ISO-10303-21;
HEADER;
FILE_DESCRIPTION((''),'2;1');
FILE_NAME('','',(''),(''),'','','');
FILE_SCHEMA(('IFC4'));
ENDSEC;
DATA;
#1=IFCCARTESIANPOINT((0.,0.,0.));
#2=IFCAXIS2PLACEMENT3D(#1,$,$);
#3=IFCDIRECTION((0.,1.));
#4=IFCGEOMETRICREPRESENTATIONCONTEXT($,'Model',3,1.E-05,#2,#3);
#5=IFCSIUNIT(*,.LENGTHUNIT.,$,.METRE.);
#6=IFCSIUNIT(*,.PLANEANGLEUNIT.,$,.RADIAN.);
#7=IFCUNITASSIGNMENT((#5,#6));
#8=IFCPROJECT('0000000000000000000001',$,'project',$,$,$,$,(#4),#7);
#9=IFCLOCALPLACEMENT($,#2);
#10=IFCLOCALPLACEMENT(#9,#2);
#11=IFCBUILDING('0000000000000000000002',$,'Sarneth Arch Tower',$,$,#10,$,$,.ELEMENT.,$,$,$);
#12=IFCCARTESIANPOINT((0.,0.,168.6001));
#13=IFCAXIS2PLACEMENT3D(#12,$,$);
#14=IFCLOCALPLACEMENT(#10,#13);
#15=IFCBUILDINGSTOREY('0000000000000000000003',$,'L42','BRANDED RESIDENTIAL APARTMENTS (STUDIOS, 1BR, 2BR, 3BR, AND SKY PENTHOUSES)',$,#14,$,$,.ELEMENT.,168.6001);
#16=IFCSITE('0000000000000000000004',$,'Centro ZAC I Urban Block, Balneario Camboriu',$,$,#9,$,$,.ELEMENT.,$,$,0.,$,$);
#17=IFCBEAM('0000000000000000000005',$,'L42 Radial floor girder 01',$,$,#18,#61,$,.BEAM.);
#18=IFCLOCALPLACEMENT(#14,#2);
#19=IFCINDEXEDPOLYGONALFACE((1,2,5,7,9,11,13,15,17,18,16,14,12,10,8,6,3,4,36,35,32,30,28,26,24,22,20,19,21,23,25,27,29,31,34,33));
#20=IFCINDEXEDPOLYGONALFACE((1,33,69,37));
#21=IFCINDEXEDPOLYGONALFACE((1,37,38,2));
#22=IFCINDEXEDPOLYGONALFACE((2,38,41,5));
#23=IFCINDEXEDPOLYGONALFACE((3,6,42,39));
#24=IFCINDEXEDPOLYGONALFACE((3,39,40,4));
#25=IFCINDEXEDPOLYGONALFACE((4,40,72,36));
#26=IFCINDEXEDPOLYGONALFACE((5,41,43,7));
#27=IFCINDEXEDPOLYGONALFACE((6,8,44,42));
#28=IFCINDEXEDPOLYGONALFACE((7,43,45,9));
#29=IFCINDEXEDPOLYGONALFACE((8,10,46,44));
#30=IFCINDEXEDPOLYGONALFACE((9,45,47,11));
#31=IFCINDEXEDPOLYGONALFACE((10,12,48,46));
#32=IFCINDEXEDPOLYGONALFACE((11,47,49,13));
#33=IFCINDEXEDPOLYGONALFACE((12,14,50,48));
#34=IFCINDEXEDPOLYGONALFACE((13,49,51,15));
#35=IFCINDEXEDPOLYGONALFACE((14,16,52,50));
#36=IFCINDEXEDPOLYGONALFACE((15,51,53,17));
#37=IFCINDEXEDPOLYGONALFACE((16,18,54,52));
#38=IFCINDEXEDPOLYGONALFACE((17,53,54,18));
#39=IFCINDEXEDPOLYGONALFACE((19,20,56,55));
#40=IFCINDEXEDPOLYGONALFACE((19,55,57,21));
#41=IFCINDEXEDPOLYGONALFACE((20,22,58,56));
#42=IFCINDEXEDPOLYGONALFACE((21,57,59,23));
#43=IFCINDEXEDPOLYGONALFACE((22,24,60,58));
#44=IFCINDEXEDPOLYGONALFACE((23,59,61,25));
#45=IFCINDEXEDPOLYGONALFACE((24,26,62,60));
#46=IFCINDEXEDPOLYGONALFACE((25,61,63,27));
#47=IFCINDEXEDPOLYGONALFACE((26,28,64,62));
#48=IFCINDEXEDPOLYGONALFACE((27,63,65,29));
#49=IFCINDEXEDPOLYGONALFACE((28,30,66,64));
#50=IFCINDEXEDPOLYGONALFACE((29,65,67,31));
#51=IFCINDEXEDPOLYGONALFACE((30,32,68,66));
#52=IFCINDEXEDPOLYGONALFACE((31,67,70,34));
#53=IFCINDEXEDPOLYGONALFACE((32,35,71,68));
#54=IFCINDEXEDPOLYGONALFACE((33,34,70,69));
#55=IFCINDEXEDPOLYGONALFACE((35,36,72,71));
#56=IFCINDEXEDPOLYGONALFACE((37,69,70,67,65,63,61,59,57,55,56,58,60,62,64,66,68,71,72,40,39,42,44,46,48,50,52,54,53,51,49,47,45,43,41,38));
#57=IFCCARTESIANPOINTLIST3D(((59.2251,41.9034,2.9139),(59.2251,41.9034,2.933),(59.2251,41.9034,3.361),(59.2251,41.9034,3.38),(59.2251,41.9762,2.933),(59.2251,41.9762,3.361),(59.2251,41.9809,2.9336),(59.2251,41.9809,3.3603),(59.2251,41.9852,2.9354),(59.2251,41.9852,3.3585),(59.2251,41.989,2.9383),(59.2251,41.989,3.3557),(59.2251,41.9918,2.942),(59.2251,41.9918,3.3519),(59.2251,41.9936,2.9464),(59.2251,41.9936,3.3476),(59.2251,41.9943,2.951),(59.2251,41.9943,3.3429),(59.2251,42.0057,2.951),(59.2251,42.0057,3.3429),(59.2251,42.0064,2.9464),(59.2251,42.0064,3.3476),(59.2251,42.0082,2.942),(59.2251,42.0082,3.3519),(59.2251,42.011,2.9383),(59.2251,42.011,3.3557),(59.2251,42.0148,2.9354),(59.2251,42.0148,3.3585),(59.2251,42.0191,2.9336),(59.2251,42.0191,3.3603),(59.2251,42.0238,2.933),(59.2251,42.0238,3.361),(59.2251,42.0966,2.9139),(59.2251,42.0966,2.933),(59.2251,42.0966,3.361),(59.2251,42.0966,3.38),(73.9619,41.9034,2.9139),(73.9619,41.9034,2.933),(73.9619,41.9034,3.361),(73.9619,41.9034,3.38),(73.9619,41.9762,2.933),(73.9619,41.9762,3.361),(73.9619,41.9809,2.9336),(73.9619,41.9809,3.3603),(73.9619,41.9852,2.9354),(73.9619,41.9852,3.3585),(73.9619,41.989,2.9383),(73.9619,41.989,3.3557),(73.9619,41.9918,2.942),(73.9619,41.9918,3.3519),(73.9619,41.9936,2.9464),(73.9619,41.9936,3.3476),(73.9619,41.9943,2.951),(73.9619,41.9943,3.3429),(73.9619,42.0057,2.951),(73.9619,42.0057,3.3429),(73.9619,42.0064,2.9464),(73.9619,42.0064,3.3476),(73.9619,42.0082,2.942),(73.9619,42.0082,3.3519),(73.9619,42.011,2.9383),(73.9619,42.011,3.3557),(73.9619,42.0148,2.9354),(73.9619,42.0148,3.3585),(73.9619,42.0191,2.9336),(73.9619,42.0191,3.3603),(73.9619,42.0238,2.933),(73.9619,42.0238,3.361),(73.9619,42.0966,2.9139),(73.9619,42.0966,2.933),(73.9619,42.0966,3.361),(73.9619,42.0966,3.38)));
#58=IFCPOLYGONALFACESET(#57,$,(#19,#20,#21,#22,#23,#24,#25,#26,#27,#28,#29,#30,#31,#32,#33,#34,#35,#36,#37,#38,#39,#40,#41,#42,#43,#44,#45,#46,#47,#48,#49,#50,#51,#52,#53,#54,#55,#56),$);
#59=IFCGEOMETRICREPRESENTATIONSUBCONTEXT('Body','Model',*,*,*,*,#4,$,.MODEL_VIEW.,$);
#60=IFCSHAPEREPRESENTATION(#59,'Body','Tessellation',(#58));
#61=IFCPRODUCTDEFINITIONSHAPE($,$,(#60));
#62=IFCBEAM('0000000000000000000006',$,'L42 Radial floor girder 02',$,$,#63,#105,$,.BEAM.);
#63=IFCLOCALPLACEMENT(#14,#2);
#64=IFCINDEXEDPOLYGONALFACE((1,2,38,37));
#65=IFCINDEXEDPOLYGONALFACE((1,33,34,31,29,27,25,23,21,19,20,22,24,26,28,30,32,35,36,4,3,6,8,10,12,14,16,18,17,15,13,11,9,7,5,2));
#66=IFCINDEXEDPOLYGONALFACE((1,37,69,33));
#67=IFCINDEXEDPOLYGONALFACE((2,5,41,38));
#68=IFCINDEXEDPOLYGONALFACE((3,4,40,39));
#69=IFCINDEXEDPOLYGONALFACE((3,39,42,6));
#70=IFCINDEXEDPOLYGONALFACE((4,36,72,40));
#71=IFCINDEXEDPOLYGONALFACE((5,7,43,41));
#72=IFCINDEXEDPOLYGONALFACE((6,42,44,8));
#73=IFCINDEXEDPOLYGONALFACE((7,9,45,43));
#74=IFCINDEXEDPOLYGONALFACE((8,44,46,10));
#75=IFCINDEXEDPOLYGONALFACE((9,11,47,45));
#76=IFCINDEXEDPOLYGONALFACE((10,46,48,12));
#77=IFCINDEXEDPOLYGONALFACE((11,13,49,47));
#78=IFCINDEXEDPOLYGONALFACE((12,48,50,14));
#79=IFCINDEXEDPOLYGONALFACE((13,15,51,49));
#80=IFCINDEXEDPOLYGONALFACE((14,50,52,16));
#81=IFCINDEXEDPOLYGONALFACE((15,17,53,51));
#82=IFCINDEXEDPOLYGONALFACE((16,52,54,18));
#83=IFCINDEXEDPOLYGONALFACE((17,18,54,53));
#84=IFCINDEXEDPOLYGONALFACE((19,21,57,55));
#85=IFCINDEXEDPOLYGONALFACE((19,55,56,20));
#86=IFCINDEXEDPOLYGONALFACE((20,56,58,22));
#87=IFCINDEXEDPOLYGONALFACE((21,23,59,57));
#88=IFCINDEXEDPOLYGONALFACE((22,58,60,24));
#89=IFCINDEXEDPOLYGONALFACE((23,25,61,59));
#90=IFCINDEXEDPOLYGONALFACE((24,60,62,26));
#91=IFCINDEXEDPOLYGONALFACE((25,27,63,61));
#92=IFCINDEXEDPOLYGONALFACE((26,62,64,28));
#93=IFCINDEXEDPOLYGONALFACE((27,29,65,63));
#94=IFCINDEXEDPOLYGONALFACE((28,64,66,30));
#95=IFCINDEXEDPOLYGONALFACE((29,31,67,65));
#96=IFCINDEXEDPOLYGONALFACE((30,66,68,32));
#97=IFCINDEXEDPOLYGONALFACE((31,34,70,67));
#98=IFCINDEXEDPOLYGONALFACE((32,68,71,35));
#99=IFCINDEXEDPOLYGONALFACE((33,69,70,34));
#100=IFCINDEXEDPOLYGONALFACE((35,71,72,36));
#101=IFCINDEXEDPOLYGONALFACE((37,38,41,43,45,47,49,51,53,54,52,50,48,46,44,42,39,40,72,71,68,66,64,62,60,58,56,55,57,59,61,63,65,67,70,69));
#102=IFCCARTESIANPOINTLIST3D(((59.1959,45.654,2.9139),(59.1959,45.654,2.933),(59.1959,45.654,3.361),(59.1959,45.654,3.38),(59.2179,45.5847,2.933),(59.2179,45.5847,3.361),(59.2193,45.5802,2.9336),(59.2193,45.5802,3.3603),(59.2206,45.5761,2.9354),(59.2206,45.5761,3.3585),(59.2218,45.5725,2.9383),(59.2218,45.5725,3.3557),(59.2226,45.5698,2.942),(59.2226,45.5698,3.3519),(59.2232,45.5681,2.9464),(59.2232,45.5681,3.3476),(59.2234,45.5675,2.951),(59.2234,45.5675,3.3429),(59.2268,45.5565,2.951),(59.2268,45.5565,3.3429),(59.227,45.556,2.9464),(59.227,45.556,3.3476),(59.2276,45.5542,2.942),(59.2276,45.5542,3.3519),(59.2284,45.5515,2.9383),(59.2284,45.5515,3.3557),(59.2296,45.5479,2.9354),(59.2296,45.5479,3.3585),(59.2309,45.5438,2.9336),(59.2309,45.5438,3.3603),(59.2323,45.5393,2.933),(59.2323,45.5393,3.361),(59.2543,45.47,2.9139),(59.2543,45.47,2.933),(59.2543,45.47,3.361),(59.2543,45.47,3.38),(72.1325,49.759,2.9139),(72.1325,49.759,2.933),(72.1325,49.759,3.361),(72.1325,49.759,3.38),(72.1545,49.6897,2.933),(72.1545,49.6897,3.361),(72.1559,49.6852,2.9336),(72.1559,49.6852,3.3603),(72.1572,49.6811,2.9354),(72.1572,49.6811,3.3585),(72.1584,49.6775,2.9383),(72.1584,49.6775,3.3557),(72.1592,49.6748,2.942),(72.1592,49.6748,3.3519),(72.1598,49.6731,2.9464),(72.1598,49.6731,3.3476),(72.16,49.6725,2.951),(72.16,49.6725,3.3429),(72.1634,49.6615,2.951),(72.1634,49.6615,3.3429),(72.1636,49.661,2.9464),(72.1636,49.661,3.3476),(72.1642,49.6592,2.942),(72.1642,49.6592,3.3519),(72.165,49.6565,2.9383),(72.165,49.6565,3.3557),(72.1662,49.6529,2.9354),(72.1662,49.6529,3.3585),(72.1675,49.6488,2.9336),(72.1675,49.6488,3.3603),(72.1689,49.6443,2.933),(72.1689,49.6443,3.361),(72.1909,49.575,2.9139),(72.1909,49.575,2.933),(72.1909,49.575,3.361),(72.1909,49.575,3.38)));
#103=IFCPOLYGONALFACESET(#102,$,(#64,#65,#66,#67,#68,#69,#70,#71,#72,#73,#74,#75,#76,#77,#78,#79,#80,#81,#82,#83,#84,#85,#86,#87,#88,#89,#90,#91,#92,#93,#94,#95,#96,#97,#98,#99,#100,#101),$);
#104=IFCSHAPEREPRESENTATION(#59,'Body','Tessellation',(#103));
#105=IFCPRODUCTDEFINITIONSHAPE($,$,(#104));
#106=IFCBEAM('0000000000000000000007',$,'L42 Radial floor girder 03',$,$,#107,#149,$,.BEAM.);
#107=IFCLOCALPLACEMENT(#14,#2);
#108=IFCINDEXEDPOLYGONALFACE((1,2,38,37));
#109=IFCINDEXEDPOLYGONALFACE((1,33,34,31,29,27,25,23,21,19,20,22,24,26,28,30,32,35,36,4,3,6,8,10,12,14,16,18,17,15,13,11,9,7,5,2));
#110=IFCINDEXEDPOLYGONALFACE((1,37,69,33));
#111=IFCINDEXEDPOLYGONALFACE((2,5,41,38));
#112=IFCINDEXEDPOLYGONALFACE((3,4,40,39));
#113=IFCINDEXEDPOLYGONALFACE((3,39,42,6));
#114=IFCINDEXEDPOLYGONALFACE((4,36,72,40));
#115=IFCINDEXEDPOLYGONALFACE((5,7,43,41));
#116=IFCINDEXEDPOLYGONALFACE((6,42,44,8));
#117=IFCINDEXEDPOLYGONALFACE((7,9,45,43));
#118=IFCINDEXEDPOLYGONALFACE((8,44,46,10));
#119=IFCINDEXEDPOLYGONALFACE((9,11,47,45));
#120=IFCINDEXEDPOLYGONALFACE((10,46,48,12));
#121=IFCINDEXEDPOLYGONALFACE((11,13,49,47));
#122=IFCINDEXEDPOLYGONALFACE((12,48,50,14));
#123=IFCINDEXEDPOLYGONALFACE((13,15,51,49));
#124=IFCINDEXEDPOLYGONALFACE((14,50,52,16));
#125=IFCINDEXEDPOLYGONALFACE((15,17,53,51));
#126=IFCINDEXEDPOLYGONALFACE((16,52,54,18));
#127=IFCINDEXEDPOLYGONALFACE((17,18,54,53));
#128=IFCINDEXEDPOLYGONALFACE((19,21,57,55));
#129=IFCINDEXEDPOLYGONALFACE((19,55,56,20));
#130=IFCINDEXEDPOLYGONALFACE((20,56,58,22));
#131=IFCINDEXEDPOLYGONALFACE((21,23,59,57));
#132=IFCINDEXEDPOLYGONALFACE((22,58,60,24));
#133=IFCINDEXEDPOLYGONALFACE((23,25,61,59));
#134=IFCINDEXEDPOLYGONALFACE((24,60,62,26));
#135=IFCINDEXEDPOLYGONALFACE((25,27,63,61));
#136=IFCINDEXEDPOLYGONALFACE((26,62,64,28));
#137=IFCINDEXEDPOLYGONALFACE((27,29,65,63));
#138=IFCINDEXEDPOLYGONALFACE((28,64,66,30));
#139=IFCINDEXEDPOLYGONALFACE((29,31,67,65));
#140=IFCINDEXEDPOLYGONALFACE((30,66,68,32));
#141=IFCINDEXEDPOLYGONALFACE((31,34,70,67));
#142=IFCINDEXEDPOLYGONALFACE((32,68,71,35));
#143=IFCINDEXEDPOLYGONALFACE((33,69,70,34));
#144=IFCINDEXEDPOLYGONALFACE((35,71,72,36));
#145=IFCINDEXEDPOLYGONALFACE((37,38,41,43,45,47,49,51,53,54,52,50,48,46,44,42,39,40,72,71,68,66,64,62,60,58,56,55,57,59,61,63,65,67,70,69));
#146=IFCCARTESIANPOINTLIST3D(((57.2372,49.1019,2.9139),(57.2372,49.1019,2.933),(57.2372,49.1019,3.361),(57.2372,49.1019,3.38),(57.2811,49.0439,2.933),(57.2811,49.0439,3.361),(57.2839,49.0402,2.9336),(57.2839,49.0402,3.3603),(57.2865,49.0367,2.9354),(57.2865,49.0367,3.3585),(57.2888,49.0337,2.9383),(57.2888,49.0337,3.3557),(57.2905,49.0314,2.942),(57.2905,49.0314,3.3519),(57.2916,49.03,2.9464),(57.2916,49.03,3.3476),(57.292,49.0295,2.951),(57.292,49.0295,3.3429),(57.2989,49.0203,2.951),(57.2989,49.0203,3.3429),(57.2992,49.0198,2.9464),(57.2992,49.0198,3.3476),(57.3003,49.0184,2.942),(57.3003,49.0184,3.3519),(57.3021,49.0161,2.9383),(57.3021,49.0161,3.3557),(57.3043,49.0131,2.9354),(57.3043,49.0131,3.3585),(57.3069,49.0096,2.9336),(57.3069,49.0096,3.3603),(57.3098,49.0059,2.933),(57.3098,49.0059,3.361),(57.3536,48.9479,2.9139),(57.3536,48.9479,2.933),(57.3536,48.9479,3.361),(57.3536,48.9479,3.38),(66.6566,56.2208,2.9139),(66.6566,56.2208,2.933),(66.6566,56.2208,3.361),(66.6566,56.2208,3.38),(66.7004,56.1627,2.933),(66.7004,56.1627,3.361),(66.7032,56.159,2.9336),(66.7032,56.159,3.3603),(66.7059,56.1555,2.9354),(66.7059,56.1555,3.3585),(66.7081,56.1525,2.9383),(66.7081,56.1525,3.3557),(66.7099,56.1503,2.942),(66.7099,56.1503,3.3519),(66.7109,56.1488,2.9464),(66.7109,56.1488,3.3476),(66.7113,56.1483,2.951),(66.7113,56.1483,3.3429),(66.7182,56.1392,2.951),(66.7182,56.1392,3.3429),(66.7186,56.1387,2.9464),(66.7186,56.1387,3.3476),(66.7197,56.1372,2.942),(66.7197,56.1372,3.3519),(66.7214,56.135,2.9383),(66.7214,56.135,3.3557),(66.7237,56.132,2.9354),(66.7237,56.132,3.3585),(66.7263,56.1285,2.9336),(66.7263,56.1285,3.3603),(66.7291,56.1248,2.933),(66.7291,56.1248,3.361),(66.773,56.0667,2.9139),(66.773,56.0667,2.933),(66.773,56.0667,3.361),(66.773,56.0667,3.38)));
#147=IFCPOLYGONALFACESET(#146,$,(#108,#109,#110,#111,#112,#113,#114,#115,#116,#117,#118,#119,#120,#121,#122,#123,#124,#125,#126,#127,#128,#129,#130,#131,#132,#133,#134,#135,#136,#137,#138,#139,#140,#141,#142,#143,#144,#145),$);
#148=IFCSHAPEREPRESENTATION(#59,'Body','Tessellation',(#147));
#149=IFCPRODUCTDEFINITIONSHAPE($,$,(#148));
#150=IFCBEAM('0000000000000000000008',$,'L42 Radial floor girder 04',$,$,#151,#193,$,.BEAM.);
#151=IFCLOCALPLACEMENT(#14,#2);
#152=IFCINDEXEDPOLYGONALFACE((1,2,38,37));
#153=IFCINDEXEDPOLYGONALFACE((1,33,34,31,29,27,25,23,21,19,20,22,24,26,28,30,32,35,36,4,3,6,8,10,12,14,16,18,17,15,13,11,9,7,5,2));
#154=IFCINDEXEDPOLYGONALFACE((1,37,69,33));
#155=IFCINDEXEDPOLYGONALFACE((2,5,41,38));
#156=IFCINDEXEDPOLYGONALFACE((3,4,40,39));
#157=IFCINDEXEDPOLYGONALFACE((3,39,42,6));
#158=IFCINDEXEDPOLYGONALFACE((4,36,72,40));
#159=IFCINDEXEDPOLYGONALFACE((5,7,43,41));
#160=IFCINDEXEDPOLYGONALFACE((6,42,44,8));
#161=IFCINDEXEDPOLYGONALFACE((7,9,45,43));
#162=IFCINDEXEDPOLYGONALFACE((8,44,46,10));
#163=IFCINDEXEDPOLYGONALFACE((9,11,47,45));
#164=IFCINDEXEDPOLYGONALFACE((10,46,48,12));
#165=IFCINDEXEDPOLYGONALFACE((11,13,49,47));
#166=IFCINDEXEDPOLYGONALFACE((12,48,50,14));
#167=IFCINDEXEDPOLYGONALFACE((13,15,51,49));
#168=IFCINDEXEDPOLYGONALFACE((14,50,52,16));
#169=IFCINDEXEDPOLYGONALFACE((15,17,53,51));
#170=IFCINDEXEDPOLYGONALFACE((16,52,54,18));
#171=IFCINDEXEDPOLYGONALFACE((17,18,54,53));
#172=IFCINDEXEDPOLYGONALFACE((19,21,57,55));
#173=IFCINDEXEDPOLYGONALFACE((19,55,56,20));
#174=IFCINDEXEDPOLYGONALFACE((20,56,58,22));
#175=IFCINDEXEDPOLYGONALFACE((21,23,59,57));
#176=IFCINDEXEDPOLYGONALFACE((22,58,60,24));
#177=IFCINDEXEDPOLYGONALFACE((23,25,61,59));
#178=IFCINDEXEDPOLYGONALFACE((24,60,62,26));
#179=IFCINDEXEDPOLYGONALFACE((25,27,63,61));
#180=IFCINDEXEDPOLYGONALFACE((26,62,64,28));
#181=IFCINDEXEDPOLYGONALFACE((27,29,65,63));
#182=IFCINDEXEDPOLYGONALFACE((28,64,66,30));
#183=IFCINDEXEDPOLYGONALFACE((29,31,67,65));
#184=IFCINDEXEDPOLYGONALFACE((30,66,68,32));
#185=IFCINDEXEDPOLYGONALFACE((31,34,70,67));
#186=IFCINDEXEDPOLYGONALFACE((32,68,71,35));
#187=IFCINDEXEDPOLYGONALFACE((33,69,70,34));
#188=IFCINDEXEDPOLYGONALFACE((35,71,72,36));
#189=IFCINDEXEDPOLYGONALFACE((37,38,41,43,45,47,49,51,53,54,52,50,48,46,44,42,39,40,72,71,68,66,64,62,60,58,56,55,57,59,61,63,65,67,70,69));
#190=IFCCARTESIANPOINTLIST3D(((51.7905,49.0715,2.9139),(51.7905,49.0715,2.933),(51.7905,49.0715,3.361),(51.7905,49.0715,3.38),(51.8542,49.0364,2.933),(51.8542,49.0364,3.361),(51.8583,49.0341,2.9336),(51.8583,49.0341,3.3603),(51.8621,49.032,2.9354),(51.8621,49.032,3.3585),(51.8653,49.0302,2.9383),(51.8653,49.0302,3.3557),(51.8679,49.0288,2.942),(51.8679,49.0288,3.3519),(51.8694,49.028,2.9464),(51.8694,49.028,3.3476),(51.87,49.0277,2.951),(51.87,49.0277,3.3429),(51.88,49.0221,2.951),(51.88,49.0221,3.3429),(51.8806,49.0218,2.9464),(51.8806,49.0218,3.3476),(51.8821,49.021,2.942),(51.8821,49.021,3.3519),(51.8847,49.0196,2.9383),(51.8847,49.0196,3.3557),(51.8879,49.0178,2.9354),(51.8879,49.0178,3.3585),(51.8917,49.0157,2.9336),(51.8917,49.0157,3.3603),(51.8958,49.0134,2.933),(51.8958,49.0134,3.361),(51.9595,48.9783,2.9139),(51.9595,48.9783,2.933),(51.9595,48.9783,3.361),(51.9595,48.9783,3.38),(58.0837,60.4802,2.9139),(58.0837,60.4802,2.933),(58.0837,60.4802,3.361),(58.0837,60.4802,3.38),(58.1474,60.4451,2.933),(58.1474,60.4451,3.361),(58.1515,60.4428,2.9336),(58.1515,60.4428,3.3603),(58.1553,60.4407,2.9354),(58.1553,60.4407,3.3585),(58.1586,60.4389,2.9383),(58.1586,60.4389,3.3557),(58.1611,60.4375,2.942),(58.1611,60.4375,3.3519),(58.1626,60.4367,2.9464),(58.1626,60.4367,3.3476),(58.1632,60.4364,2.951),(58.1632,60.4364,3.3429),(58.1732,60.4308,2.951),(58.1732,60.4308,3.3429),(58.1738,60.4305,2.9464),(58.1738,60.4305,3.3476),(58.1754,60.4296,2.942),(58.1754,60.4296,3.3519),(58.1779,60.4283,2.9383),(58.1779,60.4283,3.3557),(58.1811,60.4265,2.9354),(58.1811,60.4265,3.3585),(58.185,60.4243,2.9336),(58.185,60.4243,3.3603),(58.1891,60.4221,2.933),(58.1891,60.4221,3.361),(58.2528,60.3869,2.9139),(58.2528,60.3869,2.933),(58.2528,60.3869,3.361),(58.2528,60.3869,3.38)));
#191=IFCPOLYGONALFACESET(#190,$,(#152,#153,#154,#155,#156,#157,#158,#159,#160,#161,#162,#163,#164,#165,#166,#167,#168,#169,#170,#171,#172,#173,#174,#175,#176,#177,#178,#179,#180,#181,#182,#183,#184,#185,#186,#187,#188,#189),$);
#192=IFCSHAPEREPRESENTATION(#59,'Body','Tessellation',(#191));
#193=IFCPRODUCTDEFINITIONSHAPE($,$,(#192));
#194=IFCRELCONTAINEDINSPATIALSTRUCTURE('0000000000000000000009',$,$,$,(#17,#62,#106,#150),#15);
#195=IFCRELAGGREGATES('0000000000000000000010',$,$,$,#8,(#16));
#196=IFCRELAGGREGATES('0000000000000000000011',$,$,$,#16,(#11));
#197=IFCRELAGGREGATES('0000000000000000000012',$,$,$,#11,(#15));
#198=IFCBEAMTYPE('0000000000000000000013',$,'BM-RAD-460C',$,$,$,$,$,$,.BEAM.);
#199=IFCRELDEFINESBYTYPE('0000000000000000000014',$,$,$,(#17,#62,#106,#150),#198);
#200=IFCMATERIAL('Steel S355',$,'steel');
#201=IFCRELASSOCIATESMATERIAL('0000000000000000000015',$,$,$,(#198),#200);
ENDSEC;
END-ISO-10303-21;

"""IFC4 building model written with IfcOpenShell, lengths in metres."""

from ifc_helpers import new_model, si_unit, direction, frame, origin, origin_2d, place, context, subcontext, project, spatial, i_section, extrude, material, material_profile, profile_set, type_object, element, save


model = new_model("IFC4")

# Units and contexts
model_context = context("Model", 3, precision=1e-05, world=origin(), true_north=direction((0.0, 1.0)))
body_context = subcontext(model_context, "Body", "Model", "MODEL_VIEW")
ifc_project = project(units=[si_unit("LENGTHUNIT", "METRE"), si_unit("PLANEANGLEUNIT", "RADIAN")], contexts=[model_context])

# Site, building, storey
site_placement = place(None, origin())
site = spatial("IfcSite", under=ifc_project, at=site_placement, Name="Centro ZAC I Urban Block, Balneario Camboriu", CompositionType="ELEMENT", RefElevation=0.0)
building_placement = place(site_placement, origin())
building = spatial("IfcBuilding", under=site, at=building_placement, Name="Sarneth Arch Tower", CompositionType="ELEMENT")
storey_placement = place(building_placement, frame((0.0, 0.0, 168.6001)))
storey = spatial("IfcBuildingStorey", under=building, at=storey_placement, Name="L42", Description="BRANDED RESIDENTIAL APARTMENTS (STUDIOS, 1BR, 2BR, 3BR, AND SKY PENTHOUSES)", CompositionType="ELEMENT", Elevation=168.6001)

# Beams
ifc_material_1 = material(Name="Steel S355", Category="steel")
ifc_material_profile_1 = material_profile(ifc_material_1, i_section(OverallWidth=0.1931, OverallDepth=0.4661, WebThickness=0.0115, FlangeThickness=0.019, FilletRadius=0.0181, at=origin_2d()), Name="W460x97")
ifc_profile_set_1 = profile_set([ifc_material_profile_1], Name="Steel S355")
beam_type_1 = type_object("IfcBeamType", Name="BM-RAD-460C", PredefinedType="BEAM", material=ifc_profile_set_1)
beam_1_placement = place(storey_placement, frame((59.2251, 42.0, 3.147), z_axis=(1.0, 0.0, 0.0), x_axis=(0.0, 1.0, 0.0)))
element("IfcBeam", 1, at=beam_1_placement, inside=storey, type_object=beam_type_1, Name="L42 Radial floor girder 01", PredefinedType="BEAM", context=body_context, shape_type="SweptSolid", body=[
    extrude(i_section(OverallWidth=0.1931, OverallDepth=0.4661, WebThickness=0.0115, FlangeThickness=0.019, FilletRadius=0.0181, at=origin_2d()), origin(), (0.0, 0.0, 1.0), 14.7368),
])
beam_2_placement = place(storey_placement, frame((59.2251, 45.562, 3.147), z_axis=(0.953164, 0.302455, 0.0), x_axis=(-0.302455, 0.953164, 0.0)))
element("IfcBeam", 2, at=beam_2_placement, inside=storey, type_object=beam_type_1, Name="L42 Radial floor girder 02", PredefinedType="BEAM", context=body_context, shape_type="SweptSolid", body=[
    extrude(i_section(OverallWidth=0.1931, OverallDepth=0.4661, WebThickness=0.0115, FlangeThickness=0.019, FilletRadius=0.0181, at=origin_2d()), origin(), (0.0, 0.0, 1.0), 13.5723),
])
beam_3_placement = place(storey_placement, frame((57.2954, 49.0249, 3.147), z_axis=(0.797786, 0.60294, 0.0), x_axis=(-0.60294, 0.797786, 0.0)))
element("IfcBeam", 3, at=beam_3_placement, inside=storey, type_object=beam_type_1, Name="L42 Radial floor girder 03", PredefinedType="BEAM", context=body_context, shape_type="SweptSolid", body=[
    extrude(i_section(OverallWidth=0.1931, OverallDepth=0.4661, WebThickness=0.0115, FlangeThickness=0.019, FilletRadius=0.0181, at=origin_2d()), origin(), (0.0, 0.0, 1.0), 11.8069),
])
beam_4_placement = place(storey_placement, frame((51.875, 49.0249, 3.147), z_axis=(0.483005, 0.875618, 0.0), x_axis=(-0.875618, 0.483005, 0.0)))
element("IfcBeam", 4, at=beam_4_placement, inside=storey, type_object=beam_type_1, Name="L42 Radial floor girder 04", PredefinedType="BEAM", context=body_context, shape_type="SweptSolid", body=[
    extrude(i_section(OverallWidth=0.1931, OverallDepth=0.4661, WebThickness=0.0115, FlangeThickness=0.019, FilletRadius=0.0181, at=origin_2d()), origin(), (0.0, 0.0, 1.0), 13.0293),
])

save(model, "model.ifc")
